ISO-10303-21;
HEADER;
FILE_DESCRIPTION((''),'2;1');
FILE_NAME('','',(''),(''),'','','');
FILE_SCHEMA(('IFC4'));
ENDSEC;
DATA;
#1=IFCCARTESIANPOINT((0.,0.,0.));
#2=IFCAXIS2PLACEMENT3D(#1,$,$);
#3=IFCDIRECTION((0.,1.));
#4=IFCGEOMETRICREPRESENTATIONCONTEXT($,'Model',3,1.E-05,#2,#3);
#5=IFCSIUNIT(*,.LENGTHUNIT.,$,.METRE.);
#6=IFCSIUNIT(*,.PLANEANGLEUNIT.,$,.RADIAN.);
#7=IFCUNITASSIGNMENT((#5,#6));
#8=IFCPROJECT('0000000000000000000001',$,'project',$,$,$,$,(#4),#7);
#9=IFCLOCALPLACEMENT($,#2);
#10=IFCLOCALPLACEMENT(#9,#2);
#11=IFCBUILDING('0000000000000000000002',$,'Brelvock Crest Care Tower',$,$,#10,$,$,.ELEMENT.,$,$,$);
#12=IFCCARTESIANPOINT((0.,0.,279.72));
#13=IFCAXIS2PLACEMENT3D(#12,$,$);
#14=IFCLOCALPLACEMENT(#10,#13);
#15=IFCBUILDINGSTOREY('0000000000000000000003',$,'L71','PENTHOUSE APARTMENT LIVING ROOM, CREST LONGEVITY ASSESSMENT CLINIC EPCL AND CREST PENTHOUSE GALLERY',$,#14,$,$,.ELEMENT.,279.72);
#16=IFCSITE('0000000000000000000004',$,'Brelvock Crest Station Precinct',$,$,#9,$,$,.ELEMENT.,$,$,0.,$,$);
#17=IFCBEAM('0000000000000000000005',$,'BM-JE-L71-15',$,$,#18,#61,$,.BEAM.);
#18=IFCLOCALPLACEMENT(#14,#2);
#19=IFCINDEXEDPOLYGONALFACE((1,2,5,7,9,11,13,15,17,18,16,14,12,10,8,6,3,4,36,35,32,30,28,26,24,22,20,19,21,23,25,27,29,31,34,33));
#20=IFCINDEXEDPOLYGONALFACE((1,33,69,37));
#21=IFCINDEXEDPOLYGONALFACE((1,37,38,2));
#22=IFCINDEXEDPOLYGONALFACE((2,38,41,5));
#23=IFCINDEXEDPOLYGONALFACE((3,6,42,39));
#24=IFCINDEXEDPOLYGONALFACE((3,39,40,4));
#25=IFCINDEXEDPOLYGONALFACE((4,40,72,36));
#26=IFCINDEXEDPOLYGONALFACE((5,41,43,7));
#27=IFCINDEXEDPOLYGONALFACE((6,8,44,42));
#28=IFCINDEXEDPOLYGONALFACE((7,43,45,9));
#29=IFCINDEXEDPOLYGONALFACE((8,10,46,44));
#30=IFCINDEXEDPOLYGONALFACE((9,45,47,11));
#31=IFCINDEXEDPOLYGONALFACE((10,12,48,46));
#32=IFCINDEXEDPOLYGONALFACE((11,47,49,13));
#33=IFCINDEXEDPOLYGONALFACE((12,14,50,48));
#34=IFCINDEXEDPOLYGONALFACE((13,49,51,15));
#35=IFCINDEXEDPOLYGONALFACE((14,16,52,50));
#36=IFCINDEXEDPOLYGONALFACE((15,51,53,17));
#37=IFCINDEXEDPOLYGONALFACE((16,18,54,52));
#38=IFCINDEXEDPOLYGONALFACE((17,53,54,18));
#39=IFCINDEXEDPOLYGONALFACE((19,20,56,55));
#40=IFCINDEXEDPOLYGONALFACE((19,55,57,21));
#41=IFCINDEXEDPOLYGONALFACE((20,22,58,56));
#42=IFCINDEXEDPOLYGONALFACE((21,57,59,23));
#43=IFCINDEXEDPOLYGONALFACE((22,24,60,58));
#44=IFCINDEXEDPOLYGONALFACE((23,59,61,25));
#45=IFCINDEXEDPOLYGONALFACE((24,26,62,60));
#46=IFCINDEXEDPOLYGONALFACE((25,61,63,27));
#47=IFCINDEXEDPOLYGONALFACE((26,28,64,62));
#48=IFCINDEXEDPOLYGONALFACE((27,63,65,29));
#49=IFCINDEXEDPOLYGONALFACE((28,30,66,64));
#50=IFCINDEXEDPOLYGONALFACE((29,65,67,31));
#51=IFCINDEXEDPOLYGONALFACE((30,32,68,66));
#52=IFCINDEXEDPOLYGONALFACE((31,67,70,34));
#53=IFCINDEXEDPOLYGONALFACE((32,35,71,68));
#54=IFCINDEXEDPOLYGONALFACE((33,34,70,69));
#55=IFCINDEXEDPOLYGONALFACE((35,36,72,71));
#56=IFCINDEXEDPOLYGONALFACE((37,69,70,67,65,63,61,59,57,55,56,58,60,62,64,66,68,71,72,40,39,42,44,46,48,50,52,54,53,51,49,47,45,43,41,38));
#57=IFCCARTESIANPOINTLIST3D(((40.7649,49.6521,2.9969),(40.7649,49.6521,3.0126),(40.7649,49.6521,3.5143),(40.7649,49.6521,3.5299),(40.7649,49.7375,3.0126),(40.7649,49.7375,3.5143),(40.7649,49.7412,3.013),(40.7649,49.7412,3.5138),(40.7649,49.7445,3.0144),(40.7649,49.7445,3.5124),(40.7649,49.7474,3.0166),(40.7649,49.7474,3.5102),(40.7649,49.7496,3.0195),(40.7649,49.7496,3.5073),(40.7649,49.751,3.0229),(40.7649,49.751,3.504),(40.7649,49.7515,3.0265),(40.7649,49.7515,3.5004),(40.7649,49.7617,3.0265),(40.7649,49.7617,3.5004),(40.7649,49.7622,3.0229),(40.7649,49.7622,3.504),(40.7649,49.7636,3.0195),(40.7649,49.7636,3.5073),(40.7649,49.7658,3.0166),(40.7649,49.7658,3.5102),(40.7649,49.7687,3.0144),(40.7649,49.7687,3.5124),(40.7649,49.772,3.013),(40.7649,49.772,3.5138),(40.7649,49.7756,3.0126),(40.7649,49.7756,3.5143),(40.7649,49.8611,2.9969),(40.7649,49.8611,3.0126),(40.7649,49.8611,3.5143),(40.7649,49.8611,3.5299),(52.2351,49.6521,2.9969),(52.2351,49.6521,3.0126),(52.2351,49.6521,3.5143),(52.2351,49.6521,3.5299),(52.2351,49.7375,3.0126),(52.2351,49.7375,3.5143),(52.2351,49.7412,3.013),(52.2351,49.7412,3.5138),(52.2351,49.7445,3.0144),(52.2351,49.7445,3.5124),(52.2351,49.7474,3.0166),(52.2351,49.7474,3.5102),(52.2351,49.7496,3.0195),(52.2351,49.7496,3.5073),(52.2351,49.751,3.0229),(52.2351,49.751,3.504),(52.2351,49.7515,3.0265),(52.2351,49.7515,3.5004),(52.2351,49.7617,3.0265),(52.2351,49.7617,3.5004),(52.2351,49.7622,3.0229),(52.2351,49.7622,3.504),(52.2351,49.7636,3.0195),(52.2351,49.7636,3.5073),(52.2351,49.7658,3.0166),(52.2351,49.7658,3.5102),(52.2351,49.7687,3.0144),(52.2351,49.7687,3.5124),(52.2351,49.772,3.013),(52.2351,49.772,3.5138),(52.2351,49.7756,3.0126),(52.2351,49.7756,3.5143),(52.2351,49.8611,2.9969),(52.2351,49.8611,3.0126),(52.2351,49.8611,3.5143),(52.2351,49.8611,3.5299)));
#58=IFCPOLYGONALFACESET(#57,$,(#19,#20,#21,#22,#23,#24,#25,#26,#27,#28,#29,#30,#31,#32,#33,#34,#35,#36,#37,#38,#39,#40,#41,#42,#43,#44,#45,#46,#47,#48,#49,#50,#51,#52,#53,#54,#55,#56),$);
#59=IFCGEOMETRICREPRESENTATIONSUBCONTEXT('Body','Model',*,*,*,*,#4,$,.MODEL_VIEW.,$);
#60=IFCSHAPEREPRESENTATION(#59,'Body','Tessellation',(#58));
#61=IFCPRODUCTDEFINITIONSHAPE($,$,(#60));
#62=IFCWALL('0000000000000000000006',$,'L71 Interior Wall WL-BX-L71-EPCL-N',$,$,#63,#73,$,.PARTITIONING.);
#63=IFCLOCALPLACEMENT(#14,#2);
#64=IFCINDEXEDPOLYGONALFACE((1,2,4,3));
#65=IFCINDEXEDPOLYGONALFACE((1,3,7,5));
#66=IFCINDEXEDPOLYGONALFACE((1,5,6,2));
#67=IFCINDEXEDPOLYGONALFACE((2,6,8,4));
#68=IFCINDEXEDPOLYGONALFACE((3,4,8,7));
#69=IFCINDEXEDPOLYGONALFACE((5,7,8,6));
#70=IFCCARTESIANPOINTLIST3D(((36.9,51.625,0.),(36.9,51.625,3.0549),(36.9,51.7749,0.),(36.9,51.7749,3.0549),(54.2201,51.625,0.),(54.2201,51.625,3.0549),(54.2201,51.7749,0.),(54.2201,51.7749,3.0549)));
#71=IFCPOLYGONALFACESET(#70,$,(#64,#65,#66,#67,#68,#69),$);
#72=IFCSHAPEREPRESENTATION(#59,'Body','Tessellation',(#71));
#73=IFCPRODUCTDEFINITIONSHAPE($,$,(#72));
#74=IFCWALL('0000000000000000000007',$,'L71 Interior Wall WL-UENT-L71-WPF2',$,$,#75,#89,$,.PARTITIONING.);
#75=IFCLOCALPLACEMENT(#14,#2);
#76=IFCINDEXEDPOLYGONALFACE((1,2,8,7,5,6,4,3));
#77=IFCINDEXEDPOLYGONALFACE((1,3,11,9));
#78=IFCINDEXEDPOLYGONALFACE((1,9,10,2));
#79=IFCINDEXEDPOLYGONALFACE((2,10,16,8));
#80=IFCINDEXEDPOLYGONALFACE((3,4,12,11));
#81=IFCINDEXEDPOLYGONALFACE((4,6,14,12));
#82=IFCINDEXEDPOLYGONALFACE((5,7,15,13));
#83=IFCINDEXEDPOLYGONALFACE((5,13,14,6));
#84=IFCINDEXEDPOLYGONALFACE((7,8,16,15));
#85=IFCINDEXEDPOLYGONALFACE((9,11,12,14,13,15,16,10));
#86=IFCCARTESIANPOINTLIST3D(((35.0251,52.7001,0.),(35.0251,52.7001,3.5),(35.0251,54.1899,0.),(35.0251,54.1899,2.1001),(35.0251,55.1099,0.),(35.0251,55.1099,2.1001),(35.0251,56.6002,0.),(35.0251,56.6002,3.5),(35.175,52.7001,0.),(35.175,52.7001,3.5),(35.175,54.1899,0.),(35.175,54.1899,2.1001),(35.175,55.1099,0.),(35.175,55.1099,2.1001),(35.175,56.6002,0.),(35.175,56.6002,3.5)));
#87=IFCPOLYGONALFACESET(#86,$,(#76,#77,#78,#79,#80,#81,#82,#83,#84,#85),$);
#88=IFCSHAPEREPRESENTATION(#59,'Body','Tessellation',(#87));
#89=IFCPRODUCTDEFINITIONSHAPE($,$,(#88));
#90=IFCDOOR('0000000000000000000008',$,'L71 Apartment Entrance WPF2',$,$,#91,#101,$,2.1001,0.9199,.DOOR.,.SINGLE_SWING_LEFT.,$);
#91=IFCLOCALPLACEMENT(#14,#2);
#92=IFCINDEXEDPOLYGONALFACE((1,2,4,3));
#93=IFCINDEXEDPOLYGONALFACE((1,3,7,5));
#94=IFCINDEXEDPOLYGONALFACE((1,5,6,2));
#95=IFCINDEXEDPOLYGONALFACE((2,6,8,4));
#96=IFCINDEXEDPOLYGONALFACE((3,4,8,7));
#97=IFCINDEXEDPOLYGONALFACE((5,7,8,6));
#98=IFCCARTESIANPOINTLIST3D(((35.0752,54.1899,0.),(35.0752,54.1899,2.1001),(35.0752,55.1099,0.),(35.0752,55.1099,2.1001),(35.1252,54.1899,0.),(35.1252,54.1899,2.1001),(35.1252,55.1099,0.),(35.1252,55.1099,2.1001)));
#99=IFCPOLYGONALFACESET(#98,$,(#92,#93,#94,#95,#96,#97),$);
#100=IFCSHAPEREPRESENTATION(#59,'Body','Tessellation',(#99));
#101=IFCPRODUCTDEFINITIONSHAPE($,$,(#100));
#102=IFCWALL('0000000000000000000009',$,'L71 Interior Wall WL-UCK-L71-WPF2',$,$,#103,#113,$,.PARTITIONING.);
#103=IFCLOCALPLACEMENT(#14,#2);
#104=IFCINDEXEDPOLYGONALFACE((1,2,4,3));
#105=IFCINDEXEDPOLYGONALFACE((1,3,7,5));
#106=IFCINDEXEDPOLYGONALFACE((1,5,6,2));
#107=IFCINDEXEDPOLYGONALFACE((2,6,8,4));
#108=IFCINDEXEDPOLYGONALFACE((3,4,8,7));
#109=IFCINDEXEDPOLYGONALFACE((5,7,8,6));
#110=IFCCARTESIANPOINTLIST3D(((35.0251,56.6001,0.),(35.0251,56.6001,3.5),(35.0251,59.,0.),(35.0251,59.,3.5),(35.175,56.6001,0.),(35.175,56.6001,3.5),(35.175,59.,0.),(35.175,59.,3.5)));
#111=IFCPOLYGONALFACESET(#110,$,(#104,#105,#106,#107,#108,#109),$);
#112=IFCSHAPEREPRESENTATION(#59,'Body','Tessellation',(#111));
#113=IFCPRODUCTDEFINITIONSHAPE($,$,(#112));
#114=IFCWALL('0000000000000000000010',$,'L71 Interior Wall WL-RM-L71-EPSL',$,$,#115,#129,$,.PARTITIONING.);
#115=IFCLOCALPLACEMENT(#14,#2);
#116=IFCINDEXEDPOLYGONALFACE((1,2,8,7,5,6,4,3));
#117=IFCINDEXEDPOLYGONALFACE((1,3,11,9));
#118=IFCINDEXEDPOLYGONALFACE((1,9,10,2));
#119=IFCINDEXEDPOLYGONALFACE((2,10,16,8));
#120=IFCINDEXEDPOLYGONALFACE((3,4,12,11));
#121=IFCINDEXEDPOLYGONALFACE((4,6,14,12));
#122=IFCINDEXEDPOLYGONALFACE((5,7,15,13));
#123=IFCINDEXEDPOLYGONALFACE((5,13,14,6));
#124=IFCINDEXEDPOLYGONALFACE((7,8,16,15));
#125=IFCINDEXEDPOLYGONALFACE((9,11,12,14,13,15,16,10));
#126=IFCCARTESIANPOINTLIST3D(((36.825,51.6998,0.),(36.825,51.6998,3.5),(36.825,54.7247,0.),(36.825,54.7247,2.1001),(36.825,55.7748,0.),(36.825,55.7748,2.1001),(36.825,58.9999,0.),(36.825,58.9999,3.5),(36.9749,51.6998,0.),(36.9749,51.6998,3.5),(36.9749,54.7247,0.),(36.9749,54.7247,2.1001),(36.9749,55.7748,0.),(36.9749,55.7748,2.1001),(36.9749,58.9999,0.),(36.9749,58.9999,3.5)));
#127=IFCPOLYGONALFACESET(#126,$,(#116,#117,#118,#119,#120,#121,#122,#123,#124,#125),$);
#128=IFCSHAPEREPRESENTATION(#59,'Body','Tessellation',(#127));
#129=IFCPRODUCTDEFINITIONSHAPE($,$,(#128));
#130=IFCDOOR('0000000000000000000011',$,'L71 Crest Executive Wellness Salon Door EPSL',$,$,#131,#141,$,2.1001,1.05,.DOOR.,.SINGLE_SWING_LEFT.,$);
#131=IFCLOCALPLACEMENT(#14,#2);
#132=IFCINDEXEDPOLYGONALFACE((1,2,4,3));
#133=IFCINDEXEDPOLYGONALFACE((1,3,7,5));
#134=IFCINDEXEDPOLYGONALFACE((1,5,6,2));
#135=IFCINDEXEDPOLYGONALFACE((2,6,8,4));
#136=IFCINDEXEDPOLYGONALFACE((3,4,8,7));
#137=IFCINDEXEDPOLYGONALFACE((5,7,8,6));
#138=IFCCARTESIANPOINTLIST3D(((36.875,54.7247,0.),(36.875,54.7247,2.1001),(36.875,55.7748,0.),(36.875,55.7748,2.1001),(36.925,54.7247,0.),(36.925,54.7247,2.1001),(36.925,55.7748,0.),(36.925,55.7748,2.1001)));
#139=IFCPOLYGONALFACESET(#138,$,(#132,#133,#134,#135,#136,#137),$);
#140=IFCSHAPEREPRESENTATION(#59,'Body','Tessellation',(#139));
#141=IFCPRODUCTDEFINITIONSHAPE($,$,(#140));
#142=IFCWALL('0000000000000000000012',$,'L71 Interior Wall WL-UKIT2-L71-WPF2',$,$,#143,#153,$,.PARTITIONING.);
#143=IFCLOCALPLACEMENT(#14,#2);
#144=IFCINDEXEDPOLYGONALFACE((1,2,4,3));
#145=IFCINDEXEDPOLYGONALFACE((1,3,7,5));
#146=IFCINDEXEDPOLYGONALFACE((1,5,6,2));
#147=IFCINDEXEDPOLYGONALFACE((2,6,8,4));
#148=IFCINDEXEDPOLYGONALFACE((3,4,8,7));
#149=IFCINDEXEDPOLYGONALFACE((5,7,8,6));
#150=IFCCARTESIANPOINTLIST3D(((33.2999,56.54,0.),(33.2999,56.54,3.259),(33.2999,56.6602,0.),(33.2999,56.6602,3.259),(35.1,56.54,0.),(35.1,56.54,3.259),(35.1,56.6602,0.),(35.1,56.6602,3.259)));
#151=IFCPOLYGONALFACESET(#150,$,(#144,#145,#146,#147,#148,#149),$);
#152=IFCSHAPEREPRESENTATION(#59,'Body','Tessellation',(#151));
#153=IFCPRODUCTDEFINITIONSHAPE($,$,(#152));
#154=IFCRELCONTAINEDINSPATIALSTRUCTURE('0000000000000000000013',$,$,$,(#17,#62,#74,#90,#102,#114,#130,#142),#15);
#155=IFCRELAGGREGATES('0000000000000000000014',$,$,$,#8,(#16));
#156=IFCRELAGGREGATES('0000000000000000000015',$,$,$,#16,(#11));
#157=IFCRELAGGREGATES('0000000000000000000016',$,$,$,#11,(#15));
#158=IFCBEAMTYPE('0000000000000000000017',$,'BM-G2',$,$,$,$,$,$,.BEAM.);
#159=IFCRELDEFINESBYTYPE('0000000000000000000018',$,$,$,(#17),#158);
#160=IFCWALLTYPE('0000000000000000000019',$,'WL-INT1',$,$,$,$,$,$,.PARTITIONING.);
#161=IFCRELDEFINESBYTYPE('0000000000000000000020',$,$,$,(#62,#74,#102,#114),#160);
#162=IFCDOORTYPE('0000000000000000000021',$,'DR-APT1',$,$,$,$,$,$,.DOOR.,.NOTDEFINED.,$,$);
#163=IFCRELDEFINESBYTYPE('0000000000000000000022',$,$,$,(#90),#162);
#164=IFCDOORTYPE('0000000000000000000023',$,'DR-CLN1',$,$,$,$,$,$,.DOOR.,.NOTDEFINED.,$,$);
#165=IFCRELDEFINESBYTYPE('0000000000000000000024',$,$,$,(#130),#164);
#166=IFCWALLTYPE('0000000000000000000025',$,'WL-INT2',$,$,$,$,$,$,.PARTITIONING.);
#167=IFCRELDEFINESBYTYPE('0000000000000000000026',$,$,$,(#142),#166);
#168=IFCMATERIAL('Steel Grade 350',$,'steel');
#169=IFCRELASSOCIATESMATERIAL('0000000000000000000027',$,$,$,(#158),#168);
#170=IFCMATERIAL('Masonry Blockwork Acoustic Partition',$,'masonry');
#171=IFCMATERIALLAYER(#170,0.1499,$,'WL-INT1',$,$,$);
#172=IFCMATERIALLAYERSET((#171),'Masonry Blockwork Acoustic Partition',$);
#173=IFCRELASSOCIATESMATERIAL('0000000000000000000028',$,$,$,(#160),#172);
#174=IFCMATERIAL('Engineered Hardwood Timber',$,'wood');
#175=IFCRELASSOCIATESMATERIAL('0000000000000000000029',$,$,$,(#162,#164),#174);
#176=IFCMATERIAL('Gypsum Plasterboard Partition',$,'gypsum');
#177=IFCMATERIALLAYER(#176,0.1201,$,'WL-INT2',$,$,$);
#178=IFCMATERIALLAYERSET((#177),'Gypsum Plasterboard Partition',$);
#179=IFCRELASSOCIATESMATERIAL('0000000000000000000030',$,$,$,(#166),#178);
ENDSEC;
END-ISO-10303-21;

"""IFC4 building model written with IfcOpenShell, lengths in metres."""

from ifc_helpers import new_model, si_unit, direction, frame, frame_2d, origin, origin_2d, place, context, subcontext, project, spatial, rectangle, i_section, extrude, source, transform, mapped, material, layer, layer_set, material_profile, profile_set, type_object, element, fill, save


model = new_model("IFC4")

# Units and contexts
model_context = context("Model", 3, precision=1e-05, world=origin(), true_north=direction((0.0, 1.0)))
body_context = subcontext(model_context, "Body", "Model", "MODEL_VIEW")
ifc_project = project(units=[si_unit("LENGTHUNIT", "METRE"), si_unit("PLANEANGLEUNIT", "RADIAN")], contexts=[model_context])

# Site, building, storey
site_placement = place(None, origin())
site = spatial("IfcSite", under=ifc_project, at=site_placement, Name="Brelvock Crest Station Precinct", CompositionType="ELEMENT", RefElevation=0.0)
building_placement = place(site_placement, origin())
building = spatial("IfcBuilding", under=site, at=building_placement, Name="Brelvock Crest Care Tower", CompositionType="ELEMENT")
storey_placement = place(building_placement, frame((0.0, 0.0, 279.72)))
storey = spatial("IfcBuildingStorey", under=building, at=storey_placement, Name="L71", Description="PENTHOUSE APARTMENT LIVING ROOM, CREST LONGEVITY ASSESSMENT CLINIC EPCL AND CREST PENTHOUSE GALLERY", CompositionType="ELEMENT", Elevation=279.72)

# Beam
ifc_material_1 = material(Name="Steel Grade 350", Category="steel")
ifc_material_profile_1 = material_profile(ifc_material_1, i_section(OverallWidth=0.209, OverallDepth=0.533, WebThickness=0.0103, FlangeThickness=0.0156, FilletRadius=0.0139, at=origin_2d()), Name="530UB92.4")
ifc_profile_set_1 = profile_set([ifc_material_profile_1], Name="Steel Grade 350")
beam_type_1 = type_object("IfcBeamType", Name="BM-G2", PredefinedType="BEAM", material=ifc_profile_set_1)
shared_shape_1 = source(origin(), body_context, "Body", "SweptSolid", [
    extrude(i_section(OverallWidth=0.209, OverallDepth=0.533, WebThickness=0.0103, FlangeThickness=0.0156, FilletRadius=0.0139, at=origin_2d()), origin(), (0.0, 0.0, 1.0), 11.4702),
])
beam_1_placement = place(storey_placement, frame((40.7649, 49.7566, 3.2634), z_axis=(1.0, 0.0, 0.0), x_axis=(0.0, 1.0, 0.0)))
element("IfcBeam", 1, at=beam_1_placement, inside=storey, type_object=beam_type_1, Name="BM-JE-L71-15", PredefinedType="BEAM", context=body_context, shape_type="MappedRepresentation", body=[
    mapped(shared_shape_1, transform((0.0, 0.0, 0.0), x_axis=(1.0, 0.0, 0.0), y_axis=(0.0, 1.0, 0.0), z_axis=(0.0, 0.0, 1.0), scale=1.0)),
])

# Wall
ifc_material_2 = material(Name="Masonry Blockwork Acoustic Partition", Category="masonry")
ifc_layer_1 = layer(ifc_material_2, 0.1499, Name="WL-INT1")
ifc_layer_set_1 = layer_set([ifc_layer_1], Name="Masonry Blockwork Acoustic Partition")
wall_type_1 = type_object("IfcWallType", Name="WL-INT1", PredefinedType="PARTITIONING", material=ifc_layer_set_1)
wall_1_placement = place(storey_placement, frame((36.8999, 51.7, 0.0), z_axis=(0.0, 0.0, 1.0), x_axis=(1.0, 0.0, 0.0)))
element("IfcWall", 2, at=wall_1_placement, inside=storey, type_object=wall_type_1, Name="L71 Interior Wall WL-BX-L71-EPCL-N", PredefinedType="PARTITIONING", context=body_context, shape_type="SweptSolid", body=[
    extrude(rectangle(XDim=17.3201, YDim=0.1499, at=frame_2d((8.6602, 0.0))), origin(), (0.0, 0.0, 1.0), 3.0549),
])

# Wall, opening, door
wall_2_placement = place(storey_placement, frame((35.1001, 52.7, 0.0), z_axis=(0.0, 0.0, 1.0), x_axis=(0.0, 1.0, 0.0)))
wall_2 = element("IfcWall", 3, at=wall_2_placement, inside=storey, type_object=wall_type_1, Name="L71 Interior Wall WL-UENT-L71-WPF2", PredefinedType="PARTITIONING", context=body_context, shape_type="SweptSolid", body=[
    extrude(rectangle(XDim=3.9001, YDim=0.1499, at=frame_2d((1.9502, 0.0))), origin(), (0.0, 0.0, 1.0), 3.5),
])
opening_1_placement = place(wall_2_placement, frame((1.49, 0.0, 0.0)))
opening_1 = element("IfcOpeningElement", 4, at=opening_1_placement, cuts=wall_2, PredefinedType="OPENING", context=body_context, shape_type="SweptSolid", body=[
    extrude(rectangle(XDim=0.9199, YDim=2.1001, at=origin_2d()), frame((0.46, 0.085, 1.05), z_axis=(0.0, -1.0, 0.0), x_axis=(1.0, 0.0, 0.0)), (0.0, 0.0, 1.0), 0.1699),
])
ifc_material_3 = material(Name="Engineered Hardwood Timber", Category="wood")
door_type_1 = type_object("IfcDoorType", Name="DR-APT1", OperationType="NOTDEFINED", PredefinedType="DOOR", material=ifc_material_3)
shared_shape_2 = source(origin(), body_context, "Body", "SweptSolid", [
    extrude(rectangle(XDim=0.9199, YDim=2.1001, at=origin_2d()), frame((0.46, 0.0249, 1.05), z_axis=(0.0, -1.0, 0.0), x_axis=(1.0, 0.0, 0.0)), (0.0, 0.0, 1.0), 0.05),
])
door_1_placement = place(opening_1_placement, origin())
door_1 = element("IfcDoor", 5, at=door_1_placement, inside=storey, type_object=door_type_1, Name="L71 Apartment Entrance WPF2", OperationType="SINGLE_SWING_LEFT", OverallHeight=2.1001, OverallWidth=0.9199, PredefinedType="DOOR", context=body_context, shape_type="MappedRepresentation", body=[
    mapped(shared_shape_2, transform((0.0, 0.0, 0.0), x_axis=(1.0, 0.0, 0.0), y_axis=(0.0, 1.0, 0.0), z_axis=(0.0, 0.0, 1.0), scale=1.0)),
])
fill(opening_1, door_1)

# Wall
wall_3_placement = place(storey_placement, frame((35.1001, 56.6001, 0.0), z_axis=(0.0, 0.0, 1.0), x_axis=(0.0, 1.0, 0.0)))
element("IfcWall", 6, at=wall_3_placement, inside=storey, type_object=wall_type_1, Name="L71 Interior Wall WL-UCK-L71-WPF2", PredefinedType="PARTITIONING", context=body_context, shape_type="SweptSolid", body=[
    extrude(rectangle(XDim=2.3999, YDim=0.1499, at=frame_2d((1.2, 0.0))), origin(), (0.0, 0.0, 1.0), 3.5),
])

# Wall, opening, door
wall_4_placement = place(storey_placement, frame((36.8999, 51.7, 0.0), z_axis=(0.0, 0.0, 1.0), x_axis=(0.0, 1.0, 0.0)))
wall_4 = element("IfcWall", 7, at=wall_4_placement, inside=storey, type_object=wall_type_1, Name="L71 Interior Wall WL-RM-L71-EPSL", PredefinedType="PARTITIONING", context=body_context, shape_type="SweptSolid", body=[
    extrude(rectangle(XDim=7.3, YDim=0.1499, at=frame_2d((3.6499, 0.0))), origin(), (0.0, 0.0, 1.0), 3.5),
])
opening_2_placement = place(wall_4_placement, frame((3.0249, 0.0, 0.0)))
opening_2 = element("IfcOpeningElement", 8, at=opening_2_placement, cuts=wall_4, PredefinedType="OPENING", context=body_context, shape_type="SweptSolid", body=[
    extrude(rectangle(XDim=1.05, YDim=2.1001, at=origin_2d()), frame((0.5249, 0.085, 1.05), z_axis=(0.0, -1.0, 0.0), x_axis=(1.0, 0.0, 0.0)), (0.0, 0.0, 1.0), 0.1699),
])
door_type_2 = type_object("IfcDoorType", Name="DR-CLN1", OperationType="NOTDEFINED", PredefinedType="DOOR", material=ifc_material_3)
shared_shape_3 = source(origin(), body_context, "Body", "SweptSolid", [
    extrude(rectangle(XDim=1.05, YDim=2.1001, at=origin_2d()), frame((0.5249, 0.0249, 1.05), z_axis=(0.0, -1.0, 0.0), x_axis=(1.0, 0.0, 0.0)), (0.0, 0.0, 1.0), 0.05),
])
door_2_placement = place(opening_2_placement, origin())
door_2 = element("IfcDoor", 9, at=door_2_placement, inside=storey, type_object=door_type_2, Name="L71 Crest Executive Wellness Salon Door EPSL", OperationType="SINGLE_SWING_LEFT", OverallHeight=2.1001, OverallWidth=1.05, PredefinedType="DOOR", context=body_context, shape_type="MappedRepresentation", body=[
    mapped(shared_shape_3, transform((0.0, 0.0, 0.0), x_axis=(1.0, 0.0, 0.0), y_axis=(0.0, 1.0, 0.0), z_axis=(0.0, 0.0, 1.0), scale=1.0)),
])
fill(opening_2, door_2)

# Wall
ifc_material_4 = material(Name="Gypsum Plasterboard Partition", Category="gypsum")
ifc_layer_2 = layer(ifc_material_4, 0.1201, Name="WL-INT2")
ifc_layer_set_2 = layer_set([ifc_layer_2], Name="Gypsum Plasterboard Partition")
wall_type_2 = type_object("IfcWallType", Name="WL-INT2", PredefinedType="PARTITIONING", material=ifc_layer_set_2)
wall_5_placement = place(storey_placement, frame((33.3, 56.6001, 0.0), z_axis=(0.0, 0.0, 1.0), x_axis=(1.0, 0.0, 0.0)))
element("IfcWall", 10, at=wall_5_placement, inside=storey, type_object=wall_type_2, Name="L71 Interior Wall WL-UKIT2-L71-WPF2", PredefinedType="PARTITIONING", context=body_context, shape_type="SweptSolid", body=[
    extrude(rectangle(XDim=1.8, YDim=0.1201, at=frame_2d((0.8999, 0.0))), origin(), (0.0, 0.0, 1.0), 3.259),
])

save(model, "model.ifc")
